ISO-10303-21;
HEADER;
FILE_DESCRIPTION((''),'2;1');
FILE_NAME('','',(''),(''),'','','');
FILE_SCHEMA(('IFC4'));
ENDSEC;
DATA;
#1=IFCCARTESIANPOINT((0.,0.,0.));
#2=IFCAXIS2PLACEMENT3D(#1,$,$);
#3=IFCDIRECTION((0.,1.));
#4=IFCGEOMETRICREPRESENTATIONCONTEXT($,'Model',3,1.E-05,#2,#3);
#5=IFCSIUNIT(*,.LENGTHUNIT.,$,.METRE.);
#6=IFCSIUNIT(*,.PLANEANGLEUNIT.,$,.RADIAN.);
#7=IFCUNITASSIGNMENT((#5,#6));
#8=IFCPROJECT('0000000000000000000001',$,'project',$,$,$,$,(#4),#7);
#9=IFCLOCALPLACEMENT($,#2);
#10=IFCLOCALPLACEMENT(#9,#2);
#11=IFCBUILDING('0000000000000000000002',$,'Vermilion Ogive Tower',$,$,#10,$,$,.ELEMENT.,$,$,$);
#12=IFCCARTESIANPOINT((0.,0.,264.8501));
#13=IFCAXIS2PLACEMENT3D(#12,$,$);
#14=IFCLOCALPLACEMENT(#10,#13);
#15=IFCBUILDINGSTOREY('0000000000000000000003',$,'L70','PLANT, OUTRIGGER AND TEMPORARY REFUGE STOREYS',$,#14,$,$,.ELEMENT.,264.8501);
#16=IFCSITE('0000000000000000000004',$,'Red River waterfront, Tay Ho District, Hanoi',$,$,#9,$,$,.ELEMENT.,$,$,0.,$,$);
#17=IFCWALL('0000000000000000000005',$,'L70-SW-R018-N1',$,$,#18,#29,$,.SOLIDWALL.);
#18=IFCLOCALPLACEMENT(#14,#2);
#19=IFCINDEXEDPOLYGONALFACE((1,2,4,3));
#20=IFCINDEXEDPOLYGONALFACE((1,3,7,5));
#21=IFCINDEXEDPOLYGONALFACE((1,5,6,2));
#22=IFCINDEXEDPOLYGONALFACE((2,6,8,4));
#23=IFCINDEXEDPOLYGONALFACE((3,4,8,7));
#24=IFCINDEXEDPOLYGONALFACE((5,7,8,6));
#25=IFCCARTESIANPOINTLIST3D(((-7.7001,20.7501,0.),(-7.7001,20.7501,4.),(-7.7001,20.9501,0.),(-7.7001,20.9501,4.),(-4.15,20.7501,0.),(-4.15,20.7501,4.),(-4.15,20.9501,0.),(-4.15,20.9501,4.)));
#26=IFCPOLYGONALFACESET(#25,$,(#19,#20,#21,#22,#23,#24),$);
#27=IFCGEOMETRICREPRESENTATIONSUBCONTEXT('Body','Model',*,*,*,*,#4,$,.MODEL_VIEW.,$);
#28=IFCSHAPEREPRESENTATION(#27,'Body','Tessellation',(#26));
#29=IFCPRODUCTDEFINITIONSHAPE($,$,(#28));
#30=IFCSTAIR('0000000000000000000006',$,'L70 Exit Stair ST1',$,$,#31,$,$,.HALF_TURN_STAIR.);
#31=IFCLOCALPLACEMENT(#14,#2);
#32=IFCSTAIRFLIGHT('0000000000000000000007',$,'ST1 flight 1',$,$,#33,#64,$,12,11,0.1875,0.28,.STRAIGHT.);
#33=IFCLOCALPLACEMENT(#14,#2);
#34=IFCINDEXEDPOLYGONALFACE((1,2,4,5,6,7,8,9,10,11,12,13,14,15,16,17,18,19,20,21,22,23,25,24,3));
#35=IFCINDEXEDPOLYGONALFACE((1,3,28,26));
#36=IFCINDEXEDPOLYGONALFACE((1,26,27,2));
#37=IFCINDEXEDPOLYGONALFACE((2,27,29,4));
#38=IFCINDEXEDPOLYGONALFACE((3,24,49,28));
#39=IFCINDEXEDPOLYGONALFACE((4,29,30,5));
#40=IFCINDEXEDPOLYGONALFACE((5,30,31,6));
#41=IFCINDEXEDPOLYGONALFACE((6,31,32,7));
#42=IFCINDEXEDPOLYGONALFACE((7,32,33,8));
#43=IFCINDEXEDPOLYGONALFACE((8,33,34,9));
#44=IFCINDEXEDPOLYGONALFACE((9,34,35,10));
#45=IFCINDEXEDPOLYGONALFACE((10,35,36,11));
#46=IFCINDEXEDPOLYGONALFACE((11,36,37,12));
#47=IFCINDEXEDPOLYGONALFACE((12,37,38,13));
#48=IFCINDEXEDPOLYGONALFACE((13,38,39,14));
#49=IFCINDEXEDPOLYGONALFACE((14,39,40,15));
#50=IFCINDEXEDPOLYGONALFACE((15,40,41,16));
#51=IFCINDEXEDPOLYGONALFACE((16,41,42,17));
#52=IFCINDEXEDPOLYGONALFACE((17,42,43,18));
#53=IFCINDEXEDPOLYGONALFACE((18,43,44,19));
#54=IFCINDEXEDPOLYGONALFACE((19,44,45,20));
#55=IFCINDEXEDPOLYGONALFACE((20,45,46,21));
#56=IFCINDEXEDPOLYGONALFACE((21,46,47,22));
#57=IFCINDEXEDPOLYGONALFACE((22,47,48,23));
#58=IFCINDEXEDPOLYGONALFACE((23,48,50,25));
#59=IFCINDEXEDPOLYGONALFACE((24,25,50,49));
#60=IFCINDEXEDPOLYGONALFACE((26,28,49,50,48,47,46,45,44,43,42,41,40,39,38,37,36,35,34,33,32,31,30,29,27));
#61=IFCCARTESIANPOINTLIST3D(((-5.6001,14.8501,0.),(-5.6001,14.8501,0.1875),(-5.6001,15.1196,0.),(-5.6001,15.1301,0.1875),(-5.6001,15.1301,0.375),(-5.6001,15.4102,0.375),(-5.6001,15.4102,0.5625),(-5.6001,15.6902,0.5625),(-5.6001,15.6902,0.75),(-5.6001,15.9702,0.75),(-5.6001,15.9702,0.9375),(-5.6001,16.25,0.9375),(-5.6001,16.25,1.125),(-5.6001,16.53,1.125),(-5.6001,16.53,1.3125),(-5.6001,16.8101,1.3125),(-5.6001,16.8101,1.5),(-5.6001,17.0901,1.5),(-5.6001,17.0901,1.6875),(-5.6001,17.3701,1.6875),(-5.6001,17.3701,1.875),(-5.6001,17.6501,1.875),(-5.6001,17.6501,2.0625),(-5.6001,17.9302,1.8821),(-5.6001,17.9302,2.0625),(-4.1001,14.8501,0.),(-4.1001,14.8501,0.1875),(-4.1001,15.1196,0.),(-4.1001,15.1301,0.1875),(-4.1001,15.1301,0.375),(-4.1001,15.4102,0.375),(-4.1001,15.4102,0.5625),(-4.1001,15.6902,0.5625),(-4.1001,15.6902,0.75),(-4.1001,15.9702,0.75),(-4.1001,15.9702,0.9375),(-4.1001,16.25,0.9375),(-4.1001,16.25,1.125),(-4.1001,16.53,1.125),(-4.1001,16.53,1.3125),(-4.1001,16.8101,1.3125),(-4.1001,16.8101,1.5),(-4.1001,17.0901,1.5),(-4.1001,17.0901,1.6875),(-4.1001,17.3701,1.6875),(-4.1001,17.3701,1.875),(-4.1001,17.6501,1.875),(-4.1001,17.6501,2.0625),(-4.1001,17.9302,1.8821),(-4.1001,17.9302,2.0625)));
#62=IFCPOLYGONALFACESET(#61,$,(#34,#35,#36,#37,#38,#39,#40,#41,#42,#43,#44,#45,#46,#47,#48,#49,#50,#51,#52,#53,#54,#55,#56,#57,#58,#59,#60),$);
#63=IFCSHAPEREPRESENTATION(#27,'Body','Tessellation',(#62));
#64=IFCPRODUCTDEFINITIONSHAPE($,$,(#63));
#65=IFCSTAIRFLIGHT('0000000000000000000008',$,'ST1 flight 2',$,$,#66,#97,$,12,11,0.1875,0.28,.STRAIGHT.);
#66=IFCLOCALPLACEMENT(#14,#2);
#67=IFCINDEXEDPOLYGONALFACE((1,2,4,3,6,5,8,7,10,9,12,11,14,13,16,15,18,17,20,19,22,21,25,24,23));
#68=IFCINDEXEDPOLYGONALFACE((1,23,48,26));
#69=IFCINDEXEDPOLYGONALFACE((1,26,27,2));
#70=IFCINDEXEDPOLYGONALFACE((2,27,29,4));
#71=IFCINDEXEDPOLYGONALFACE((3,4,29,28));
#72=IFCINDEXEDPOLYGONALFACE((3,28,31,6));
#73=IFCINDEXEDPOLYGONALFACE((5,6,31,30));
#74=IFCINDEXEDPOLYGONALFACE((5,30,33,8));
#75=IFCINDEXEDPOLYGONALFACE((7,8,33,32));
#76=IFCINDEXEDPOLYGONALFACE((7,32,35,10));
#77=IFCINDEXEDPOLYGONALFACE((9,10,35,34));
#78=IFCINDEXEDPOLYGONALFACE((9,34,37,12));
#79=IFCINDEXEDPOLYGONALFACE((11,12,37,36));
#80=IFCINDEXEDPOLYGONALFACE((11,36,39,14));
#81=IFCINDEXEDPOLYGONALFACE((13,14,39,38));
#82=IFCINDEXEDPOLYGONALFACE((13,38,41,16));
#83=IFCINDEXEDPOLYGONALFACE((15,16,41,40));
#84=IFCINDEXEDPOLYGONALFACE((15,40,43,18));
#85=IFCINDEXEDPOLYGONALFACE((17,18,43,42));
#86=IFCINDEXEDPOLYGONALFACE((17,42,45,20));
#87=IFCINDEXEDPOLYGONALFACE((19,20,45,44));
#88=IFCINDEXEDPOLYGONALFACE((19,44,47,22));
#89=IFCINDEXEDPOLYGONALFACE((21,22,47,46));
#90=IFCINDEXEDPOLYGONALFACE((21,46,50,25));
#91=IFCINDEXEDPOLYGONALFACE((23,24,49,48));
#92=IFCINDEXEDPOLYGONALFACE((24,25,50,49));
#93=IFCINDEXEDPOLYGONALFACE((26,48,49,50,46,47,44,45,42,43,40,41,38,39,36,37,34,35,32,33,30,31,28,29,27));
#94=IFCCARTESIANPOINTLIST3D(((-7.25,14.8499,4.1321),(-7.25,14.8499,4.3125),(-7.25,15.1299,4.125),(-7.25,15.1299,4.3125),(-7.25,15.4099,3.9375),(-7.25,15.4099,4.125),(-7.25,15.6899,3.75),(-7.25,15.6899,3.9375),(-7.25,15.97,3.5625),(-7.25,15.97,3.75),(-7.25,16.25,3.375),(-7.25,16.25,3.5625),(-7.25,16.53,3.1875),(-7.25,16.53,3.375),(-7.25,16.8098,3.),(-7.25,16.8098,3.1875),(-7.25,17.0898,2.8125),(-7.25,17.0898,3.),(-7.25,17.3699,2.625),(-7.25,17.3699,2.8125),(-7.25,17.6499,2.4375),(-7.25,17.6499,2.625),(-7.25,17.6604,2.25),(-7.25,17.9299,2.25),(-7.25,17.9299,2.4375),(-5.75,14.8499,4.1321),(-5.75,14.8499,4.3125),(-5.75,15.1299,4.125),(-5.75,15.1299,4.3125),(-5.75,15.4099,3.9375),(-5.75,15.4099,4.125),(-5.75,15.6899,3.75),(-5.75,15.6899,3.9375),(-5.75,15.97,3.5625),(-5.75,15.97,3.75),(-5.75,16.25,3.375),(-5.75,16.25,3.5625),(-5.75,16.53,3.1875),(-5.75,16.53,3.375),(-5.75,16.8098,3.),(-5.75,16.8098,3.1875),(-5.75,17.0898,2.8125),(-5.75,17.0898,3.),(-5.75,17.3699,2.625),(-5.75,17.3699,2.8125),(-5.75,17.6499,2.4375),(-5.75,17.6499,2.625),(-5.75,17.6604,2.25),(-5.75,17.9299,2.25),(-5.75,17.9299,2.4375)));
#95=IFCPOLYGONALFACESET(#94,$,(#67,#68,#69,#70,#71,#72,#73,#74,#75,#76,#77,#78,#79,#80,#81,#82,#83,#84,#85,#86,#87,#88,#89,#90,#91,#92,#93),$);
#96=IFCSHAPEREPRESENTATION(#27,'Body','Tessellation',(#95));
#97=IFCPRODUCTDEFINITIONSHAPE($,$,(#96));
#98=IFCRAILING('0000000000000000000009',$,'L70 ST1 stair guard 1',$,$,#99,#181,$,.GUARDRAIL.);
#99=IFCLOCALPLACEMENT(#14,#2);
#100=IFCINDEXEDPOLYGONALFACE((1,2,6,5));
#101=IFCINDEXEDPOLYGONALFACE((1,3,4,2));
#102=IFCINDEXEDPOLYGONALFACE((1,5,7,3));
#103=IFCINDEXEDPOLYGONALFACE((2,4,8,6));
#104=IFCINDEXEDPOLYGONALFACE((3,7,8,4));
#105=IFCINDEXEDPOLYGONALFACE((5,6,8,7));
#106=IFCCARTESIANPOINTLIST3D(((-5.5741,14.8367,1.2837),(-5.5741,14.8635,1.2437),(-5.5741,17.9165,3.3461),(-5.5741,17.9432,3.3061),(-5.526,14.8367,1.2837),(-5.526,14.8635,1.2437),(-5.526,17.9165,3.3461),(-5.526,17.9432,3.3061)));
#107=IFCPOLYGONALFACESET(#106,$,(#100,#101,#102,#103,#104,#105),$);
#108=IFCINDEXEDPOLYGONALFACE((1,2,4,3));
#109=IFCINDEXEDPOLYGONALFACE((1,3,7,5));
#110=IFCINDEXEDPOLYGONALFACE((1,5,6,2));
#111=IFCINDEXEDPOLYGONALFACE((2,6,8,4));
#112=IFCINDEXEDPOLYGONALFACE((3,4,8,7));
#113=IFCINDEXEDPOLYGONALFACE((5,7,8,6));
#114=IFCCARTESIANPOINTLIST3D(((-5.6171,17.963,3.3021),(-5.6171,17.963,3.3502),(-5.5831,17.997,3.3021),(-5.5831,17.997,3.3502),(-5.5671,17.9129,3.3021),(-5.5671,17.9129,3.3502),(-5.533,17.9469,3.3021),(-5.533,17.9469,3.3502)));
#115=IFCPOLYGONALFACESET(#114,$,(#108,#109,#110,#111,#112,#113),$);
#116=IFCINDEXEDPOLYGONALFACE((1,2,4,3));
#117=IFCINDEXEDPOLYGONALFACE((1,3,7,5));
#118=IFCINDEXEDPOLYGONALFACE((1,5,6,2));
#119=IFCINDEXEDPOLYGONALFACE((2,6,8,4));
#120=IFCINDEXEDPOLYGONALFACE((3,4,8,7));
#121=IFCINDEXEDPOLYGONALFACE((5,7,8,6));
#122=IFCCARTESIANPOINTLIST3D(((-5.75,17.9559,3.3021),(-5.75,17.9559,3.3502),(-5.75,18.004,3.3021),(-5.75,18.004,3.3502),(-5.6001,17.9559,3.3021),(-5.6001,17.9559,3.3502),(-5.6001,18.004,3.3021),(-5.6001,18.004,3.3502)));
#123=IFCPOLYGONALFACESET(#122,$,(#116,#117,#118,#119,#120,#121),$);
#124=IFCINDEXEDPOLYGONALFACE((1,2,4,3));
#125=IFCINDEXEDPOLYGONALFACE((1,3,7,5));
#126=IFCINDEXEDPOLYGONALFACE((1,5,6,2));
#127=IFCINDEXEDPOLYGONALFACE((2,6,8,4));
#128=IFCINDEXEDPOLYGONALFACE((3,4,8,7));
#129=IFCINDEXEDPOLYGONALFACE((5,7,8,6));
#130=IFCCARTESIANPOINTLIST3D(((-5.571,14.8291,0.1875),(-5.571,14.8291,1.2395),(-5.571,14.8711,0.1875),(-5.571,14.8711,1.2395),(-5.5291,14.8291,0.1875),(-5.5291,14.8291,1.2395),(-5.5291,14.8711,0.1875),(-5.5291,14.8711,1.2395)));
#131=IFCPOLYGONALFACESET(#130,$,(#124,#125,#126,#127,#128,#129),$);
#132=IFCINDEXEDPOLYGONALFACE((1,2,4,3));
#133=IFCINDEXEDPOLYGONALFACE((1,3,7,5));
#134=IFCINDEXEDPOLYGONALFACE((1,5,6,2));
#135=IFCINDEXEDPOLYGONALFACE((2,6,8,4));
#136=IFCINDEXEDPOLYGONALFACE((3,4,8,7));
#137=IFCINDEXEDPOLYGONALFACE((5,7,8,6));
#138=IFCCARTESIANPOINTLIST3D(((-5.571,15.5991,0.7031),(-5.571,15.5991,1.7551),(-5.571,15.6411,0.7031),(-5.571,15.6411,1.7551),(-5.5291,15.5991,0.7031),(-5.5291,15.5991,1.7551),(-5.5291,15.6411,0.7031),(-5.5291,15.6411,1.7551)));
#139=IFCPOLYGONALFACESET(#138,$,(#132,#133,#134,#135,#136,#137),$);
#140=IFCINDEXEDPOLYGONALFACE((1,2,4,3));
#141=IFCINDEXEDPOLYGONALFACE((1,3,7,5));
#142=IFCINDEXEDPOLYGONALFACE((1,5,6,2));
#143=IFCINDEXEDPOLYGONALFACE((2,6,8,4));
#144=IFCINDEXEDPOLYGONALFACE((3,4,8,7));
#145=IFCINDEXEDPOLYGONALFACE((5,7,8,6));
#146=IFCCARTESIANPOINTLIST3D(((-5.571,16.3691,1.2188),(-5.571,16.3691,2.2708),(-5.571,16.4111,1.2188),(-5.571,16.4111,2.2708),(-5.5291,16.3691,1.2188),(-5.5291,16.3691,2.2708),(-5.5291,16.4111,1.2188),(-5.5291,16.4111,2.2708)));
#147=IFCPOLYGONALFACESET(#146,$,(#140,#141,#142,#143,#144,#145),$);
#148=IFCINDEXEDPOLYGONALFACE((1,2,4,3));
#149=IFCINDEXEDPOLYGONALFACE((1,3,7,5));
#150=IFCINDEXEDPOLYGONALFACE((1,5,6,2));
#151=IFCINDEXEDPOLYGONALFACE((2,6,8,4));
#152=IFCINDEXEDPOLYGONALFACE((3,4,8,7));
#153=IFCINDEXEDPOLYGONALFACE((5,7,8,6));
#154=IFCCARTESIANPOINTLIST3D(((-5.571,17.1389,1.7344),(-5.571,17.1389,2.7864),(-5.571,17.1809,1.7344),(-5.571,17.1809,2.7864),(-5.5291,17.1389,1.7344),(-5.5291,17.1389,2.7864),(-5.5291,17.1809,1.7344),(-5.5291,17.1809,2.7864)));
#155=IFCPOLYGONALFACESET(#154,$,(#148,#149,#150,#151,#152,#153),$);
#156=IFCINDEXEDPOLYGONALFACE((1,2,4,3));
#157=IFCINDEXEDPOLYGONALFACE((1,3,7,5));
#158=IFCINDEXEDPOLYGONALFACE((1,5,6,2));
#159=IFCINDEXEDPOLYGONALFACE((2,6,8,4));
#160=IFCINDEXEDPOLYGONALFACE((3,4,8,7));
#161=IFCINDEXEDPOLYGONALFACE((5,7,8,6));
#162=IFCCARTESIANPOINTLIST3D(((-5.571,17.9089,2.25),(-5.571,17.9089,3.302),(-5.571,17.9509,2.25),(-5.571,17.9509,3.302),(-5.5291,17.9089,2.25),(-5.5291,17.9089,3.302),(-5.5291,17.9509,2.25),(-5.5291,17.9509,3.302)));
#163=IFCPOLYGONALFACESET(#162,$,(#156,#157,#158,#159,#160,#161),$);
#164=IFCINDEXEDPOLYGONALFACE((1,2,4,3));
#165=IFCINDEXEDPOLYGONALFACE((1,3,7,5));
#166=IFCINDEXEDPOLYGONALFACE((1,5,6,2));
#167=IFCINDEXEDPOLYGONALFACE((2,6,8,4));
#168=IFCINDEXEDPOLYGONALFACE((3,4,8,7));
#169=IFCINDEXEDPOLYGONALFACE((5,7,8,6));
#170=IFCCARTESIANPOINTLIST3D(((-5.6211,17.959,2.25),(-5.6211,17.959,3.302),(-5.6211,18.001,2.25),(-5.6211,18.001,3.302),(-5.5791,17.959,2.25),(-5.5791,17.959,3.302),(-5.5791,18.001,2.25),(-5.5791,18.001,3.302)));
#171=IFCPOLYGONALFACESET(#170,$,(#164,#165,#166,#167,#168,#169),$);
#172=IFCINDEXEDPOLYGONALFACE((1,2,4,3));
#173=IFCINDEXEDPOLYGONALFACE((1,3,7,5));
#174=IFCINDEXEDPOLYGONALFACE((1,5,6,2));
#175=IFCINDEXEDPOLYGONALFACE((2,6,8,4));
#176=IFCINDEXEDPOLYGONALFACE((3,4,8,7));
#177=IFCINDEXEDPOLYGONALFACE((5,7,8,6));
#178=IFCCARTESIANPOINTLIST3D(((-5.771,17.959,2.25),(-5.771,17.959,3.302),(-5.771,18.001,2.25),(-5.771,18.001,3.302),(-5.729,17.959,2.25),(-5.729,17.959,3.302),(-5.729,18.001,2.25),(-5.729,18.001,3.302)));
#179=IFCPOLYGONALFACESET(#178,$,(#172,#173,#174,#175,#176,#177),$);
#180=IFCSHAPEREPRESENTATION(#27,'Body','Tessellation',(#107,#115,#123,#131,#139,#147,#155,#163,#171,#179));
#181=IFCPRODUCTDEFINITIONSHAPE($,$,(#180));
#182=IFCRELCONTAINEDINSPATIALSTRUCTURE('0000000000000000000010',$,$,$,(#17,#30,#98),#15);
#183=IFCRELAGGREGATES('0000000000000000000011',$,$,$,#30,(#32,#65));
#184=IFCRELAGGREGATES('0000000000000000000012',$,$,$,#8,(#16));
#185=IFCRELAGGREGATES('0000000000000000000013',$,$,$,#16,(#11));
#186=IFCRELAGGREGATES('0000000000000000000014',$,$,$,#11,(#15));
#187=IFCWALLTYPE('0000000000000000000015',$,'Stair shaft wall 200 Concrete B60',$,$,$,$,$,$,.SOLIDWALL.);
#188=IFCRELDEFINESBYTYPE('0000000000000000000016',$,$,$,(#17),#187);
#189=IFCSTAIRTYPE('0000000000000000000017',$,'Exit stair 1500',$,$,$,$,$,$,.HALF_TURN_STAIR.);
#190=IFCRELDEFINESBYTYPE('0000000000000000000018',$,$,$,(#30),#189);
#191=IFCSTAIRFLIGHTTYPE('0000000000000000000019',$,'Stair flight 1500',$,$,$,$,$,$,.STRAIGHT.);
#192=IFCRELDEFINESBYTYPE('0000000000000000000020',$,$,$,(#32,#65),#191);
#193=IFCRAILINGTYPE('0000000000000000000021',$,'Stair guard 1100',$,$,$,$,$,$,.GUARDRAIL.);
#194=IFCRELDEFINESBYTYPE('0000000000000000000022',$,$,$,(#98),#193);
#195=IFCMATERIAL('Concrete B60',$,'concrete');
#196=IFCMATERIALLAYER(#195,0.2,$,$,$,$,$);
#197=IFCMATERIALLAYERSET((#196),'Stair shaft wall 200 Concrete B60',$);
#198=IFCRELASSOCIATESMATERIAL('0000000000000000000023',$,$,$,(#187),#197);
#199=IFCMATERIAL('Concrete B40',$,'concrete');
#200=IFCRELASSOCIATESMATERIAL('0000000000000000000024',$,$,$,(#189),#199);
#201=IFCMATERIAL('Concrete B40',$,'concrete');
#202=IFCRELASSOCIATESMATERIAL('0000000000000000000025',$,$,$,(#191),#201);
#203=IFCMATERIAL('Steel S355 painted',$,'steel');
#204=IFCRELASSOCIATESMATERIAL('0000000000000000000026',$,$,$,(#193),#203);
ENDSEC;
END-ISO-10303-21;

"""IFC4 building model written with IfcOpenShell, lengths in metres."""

from ifc_helpers import new_model, si_unit, direction, frame, frame_2d, origin, origin_2d, place, context, subcontext, project, spatial, polyline, rectangle, outline, extrude, material, layer, layer_set, type_object, element, aggregate, save


model = new_model("IFC4")

# Units and contexts
model_context = context("Model", 3, precision=1e-05, world=origin(), true_north=direction((0.0, 1.0)))
body_context = subcontext(model_context, "Body", "Model", "MODEL_VIEW")
ifc_project = project(units=[si_unit("LENGTHUNIT", "METRE"), si_unit("PLANEANGLEUNIT", "RADIAN")], contexts=[model_context])

# Site, building, storey
site_placement = place(None, origin())
site = spatial("IfcSite", under=ifc_project, at=site_placement, Name="Red River waterfront, Tay Ho District, Hanoi", CompositionType="ELEMENT", RefElevation=0.0)
building_placement = place(site_placement, origin())
building = spatial("IfcBuilding", under=site, at=building_placement, Name="Vermilion Ogive Tower", CompositionType="ELEMENT")
storey_placement = place(building_placement, frame((0.0, 0.0, 264.8501)))
storey = spatial("IfcBuildingStorey", under=building, at=storey_placement, Name="L70", Description="PLANT, OUTRIGGER AND TEMPORARY REFUGE STOREYS", CompositionType="ELEMENT", Elevation=264.8501)

# Shared definitions
ifc_material_1 = material(Name="Concrete B60", Category="concrete")
ifc_layer_1 = layer(ifc_material_1, 0.2)
ifc_layer_set_1 = layer_set([ifc_layer_1], Name="Stair shaft wall 200 Concrete B60")
wall_type_1 = type_object("IfcWallType", Name="Stair shaft wall 200 Concrete B60", PredefinedType="SOLIDWALL", material=ifc_layer_set_1)

# Wall
wall_1_placement = place(storey_placement, frame((-7.7, 20.8501, 0.0), z_axis=(0.0, 0.0, 1.0), x_axis=(1.0, 0.0, 0.0)))
element("IfcWall", 1, at=wall_1_placement, inside=storey, type_object=wall_type_1, Name="L70-SW-R018-N1", PredefinedType="SOLIDWALL", context=body_context, shape_type="SweptSolid", body=[
    extrude(rectangle(XDim=3.55, YDim=0.2, at=frame_2d((1.7749, 0.0))), origin(), (0.0, 0.0, 1.0), 4.0),
])

# Stair, stair flights
ifc_material_2 = material(Name="Concrete B40", Category="concrete")
stair_type = type_object("IfcStairType", Name="Exit stair 1500", PredefinedType="HALF_TURN_STAIR", material=ifc_material_2)
stair_placement = place(storey_placement, origin())
stair = element("IfcStair", 2, at=stair_placement, inside=storey, type_object=stair_type, Name="L70 Exit Stair ST1", PredefinedType="HALF_TURN_STAIR")
ifc_material_3 = material(Name="Concrete B40", Category="concrete")
stair_flight_type = type_object("IfcStairFlightType", Name="Stair flight 1500", PredefinedType="STRAIGHT", material=ifc_material_3)
stair_flight_1_placement = place(storey_placement, frame((-4.8501, 14.8501, 0.0), z_axis=(0.0, 0.0, 1.0), x_axis=(0.0, 1.0, 0.0)))
stair_flight_1 = element("IfcStairFlight", 3, at=stair_flight_1_placement, type_object=stair_flight_type, Name="ST1 flight 1", NumberOfRisers=12, NumberOfTreads=11, PredefinedType="STRAIGHT", RiserHeight=0.1875, TreadLength=0.28, context=body_context, shape_type="SweptSolid", body=[
    extrude(outline(polyline([(0.0, 0.0), (0.0, 0.1875), (0.28, 0.1875), (0.28, 0.375), (0.5601, 0.375), (0.5601, 0.5625), (0.8401, 0.5625), (0.8401, 0.75), (1.1201, 0.75), (1.1201, 0.9375), (1.3999, 0.9375), (1.3999, 1.125), (1.6799, 1.125), (1.6799, 1.3125), (1.96, 1.3125), (1.96, 1.5), (2.24, 1.5), (2.24, 1.6875), (2.52, 1.6875), (2.52, 1.875), (2.8, 1.875), (2.8, 2.0625), (3.0801, 2.0625), (3.0801, 2.25), (3.0801, 1.8821), (0.2695, 0.0), (0.0, 0.0)])), frame((0.0, 0.75, 0.0), z_axis=(0.0, -1.0, 0.0), x_axis=(1.0, 0.0, 0.0)), (0.0, 0.0, 1.0), 1.5),
])
stair_flight_2_placement = place(storey_placement, frame((-6.5, 17.9299, 2.25), z_axis=(0.0, 0.0, 1.0), x_axis=(0.0, -1.0, 0.0)))
stair_flight_2 = element("IfcStairFlight", 4, at=stair_flight_2_placement, type_object=stair_flight_type, Name="ST1 flight 2", NumberOfRisers=12, NumberOfTreads=11, PredefinedType="STRAIGHT", RiserHeight=0.1875, TreadLength=0.28, context=body_context, shape_type="SweptSolid", body=[
    extrude(outline(polyline([(0.0, 0.0), (0.0, 0.1875), (0.28, 0.1875), (0.28, 0.375), (0.5601, 0.375), (0.5601, 0.5625), (0.8401, 0.5625), (0.8401, 0.75), (1.1201, 0.75), (1.1201, 0.9375), (1.3999, 0.9375), (1.3999, 1.125), (1.6799, 1.125), (1.6799, 1.3125), (1.96, 1.3125), (1.96, 1.5), (2.24, 1.5), (2.24, 1.6875), (2.52, 1.6875), (2.52, 1.875), (2.8, 1.875), (2.8, 2.0625), (3.0801, 2.0625), (3.0801, 2.25), (3.0801, 1.8821), (0.2695, 0.0), (0.0, 0.0)])), frame((0.0, 0.75, 0.0), z_axis=(0.0, -1.0, 0.0), x_axis=(1.0, 0.0, 0.0)), (0.0, 0.0, 1.0), 1.5),
])
aggregate(stair, [stair_flight_1, stair_flight_2])

# Railing
ifc_material_4 = material(Name="Steel S355 painted", Category="steel")
railing_type_1 = type_object("IfcRailingType", Name="Stair guard 1100", PredefinedType="GUARDRAIL", material=ifc_material_4)
railing_1_placement = place(storey_placement, frame((-5.55, 14.8501, 0.1875)))
element("IfcRailing", 5, at=railing_1_placement, inside=storey, type_object=railing_type_1, Name="L70 ST1 stair guard 1", PredefinedType="GUARDRAIL", context=body_context, shape_type="SweptSolid", body=[
    extrude(rectangle(XDim=0.0481, YDim=0.0481, at=origin_2d()), frame((0.0, 0.0, 1.0762), z_axis=(0.0, 0.830893, 0.556432), x_axis=(-1.0, 0.0, 0.0)), (0.0, 0.0, 1.0), 3.7065),
    extrude(rectangle(XDim=0.0481, YDim=0.0481, at=origin_2d()), frame((0.0, 3.0798, 3.1387), z_axis=(-0.707107, 0.707107, 0.0), x_axis=(-0.707107, -0.707107, 0.0)), (0.0, 0.0, 1.0), 0.0708),
    extrude(rectangle(XDim=0.0481, YDim=0.0481, at=origin_2d()), frame((-0.05, 3.1299, 3.1387), z_axis=(-1.0, 0.0, 0.0), x_axis=(0.0, -1.0, 0.0)), (0.0, 0.0, 1.0), 0.1499),
    extrude(rectangle(XDim=0.042, YDim=0.042, at=origin_2d()), origin(), (0.0, 0.0, 1.0), 1.052),
    extrude(rectangle(XDim=0.042, YDim=0.042, at=origin_2d()), frame((0.0, 0.77, 0.5156)), (0.0, 0.0, 1.0), 1.052),
    extrude(rectangle(XDim=0.042, YDim=0.042, at=origin_2d()), frame((0.0, 1.54, 1.0312)), (0.0, 0.0, 1.0), 1.052),
    extrude(rectangle(XDim=0.042, YDim=0.042, at=origin_2d()), frame((0.0, 2.3098, 1.5469)), (0.0, 0.0, 1.0), 1.052),
    extrude(rectangle(XDim=0.042, YDim=0.042, at=origin_2d()), frame((0.0, 3.0798, 2.0625)), (0.0, 0.0, 1.0), 1.052),
    extrude(rectangle(XDim=0.042, YDim=0.042, at=origin_2d()), frame((-0.05, 3.1299, 2.0625)), (0.0, 0.0, 1.0), 1.052),
    extrude(rectangle(XDim=0.042, YDim=0.042, at=origin_2d()), frame((-0.2, 3.1299, 2.0625)), (0.0, 0.0, 1.0), 1.052),
])

save(model, "model.ifc")
